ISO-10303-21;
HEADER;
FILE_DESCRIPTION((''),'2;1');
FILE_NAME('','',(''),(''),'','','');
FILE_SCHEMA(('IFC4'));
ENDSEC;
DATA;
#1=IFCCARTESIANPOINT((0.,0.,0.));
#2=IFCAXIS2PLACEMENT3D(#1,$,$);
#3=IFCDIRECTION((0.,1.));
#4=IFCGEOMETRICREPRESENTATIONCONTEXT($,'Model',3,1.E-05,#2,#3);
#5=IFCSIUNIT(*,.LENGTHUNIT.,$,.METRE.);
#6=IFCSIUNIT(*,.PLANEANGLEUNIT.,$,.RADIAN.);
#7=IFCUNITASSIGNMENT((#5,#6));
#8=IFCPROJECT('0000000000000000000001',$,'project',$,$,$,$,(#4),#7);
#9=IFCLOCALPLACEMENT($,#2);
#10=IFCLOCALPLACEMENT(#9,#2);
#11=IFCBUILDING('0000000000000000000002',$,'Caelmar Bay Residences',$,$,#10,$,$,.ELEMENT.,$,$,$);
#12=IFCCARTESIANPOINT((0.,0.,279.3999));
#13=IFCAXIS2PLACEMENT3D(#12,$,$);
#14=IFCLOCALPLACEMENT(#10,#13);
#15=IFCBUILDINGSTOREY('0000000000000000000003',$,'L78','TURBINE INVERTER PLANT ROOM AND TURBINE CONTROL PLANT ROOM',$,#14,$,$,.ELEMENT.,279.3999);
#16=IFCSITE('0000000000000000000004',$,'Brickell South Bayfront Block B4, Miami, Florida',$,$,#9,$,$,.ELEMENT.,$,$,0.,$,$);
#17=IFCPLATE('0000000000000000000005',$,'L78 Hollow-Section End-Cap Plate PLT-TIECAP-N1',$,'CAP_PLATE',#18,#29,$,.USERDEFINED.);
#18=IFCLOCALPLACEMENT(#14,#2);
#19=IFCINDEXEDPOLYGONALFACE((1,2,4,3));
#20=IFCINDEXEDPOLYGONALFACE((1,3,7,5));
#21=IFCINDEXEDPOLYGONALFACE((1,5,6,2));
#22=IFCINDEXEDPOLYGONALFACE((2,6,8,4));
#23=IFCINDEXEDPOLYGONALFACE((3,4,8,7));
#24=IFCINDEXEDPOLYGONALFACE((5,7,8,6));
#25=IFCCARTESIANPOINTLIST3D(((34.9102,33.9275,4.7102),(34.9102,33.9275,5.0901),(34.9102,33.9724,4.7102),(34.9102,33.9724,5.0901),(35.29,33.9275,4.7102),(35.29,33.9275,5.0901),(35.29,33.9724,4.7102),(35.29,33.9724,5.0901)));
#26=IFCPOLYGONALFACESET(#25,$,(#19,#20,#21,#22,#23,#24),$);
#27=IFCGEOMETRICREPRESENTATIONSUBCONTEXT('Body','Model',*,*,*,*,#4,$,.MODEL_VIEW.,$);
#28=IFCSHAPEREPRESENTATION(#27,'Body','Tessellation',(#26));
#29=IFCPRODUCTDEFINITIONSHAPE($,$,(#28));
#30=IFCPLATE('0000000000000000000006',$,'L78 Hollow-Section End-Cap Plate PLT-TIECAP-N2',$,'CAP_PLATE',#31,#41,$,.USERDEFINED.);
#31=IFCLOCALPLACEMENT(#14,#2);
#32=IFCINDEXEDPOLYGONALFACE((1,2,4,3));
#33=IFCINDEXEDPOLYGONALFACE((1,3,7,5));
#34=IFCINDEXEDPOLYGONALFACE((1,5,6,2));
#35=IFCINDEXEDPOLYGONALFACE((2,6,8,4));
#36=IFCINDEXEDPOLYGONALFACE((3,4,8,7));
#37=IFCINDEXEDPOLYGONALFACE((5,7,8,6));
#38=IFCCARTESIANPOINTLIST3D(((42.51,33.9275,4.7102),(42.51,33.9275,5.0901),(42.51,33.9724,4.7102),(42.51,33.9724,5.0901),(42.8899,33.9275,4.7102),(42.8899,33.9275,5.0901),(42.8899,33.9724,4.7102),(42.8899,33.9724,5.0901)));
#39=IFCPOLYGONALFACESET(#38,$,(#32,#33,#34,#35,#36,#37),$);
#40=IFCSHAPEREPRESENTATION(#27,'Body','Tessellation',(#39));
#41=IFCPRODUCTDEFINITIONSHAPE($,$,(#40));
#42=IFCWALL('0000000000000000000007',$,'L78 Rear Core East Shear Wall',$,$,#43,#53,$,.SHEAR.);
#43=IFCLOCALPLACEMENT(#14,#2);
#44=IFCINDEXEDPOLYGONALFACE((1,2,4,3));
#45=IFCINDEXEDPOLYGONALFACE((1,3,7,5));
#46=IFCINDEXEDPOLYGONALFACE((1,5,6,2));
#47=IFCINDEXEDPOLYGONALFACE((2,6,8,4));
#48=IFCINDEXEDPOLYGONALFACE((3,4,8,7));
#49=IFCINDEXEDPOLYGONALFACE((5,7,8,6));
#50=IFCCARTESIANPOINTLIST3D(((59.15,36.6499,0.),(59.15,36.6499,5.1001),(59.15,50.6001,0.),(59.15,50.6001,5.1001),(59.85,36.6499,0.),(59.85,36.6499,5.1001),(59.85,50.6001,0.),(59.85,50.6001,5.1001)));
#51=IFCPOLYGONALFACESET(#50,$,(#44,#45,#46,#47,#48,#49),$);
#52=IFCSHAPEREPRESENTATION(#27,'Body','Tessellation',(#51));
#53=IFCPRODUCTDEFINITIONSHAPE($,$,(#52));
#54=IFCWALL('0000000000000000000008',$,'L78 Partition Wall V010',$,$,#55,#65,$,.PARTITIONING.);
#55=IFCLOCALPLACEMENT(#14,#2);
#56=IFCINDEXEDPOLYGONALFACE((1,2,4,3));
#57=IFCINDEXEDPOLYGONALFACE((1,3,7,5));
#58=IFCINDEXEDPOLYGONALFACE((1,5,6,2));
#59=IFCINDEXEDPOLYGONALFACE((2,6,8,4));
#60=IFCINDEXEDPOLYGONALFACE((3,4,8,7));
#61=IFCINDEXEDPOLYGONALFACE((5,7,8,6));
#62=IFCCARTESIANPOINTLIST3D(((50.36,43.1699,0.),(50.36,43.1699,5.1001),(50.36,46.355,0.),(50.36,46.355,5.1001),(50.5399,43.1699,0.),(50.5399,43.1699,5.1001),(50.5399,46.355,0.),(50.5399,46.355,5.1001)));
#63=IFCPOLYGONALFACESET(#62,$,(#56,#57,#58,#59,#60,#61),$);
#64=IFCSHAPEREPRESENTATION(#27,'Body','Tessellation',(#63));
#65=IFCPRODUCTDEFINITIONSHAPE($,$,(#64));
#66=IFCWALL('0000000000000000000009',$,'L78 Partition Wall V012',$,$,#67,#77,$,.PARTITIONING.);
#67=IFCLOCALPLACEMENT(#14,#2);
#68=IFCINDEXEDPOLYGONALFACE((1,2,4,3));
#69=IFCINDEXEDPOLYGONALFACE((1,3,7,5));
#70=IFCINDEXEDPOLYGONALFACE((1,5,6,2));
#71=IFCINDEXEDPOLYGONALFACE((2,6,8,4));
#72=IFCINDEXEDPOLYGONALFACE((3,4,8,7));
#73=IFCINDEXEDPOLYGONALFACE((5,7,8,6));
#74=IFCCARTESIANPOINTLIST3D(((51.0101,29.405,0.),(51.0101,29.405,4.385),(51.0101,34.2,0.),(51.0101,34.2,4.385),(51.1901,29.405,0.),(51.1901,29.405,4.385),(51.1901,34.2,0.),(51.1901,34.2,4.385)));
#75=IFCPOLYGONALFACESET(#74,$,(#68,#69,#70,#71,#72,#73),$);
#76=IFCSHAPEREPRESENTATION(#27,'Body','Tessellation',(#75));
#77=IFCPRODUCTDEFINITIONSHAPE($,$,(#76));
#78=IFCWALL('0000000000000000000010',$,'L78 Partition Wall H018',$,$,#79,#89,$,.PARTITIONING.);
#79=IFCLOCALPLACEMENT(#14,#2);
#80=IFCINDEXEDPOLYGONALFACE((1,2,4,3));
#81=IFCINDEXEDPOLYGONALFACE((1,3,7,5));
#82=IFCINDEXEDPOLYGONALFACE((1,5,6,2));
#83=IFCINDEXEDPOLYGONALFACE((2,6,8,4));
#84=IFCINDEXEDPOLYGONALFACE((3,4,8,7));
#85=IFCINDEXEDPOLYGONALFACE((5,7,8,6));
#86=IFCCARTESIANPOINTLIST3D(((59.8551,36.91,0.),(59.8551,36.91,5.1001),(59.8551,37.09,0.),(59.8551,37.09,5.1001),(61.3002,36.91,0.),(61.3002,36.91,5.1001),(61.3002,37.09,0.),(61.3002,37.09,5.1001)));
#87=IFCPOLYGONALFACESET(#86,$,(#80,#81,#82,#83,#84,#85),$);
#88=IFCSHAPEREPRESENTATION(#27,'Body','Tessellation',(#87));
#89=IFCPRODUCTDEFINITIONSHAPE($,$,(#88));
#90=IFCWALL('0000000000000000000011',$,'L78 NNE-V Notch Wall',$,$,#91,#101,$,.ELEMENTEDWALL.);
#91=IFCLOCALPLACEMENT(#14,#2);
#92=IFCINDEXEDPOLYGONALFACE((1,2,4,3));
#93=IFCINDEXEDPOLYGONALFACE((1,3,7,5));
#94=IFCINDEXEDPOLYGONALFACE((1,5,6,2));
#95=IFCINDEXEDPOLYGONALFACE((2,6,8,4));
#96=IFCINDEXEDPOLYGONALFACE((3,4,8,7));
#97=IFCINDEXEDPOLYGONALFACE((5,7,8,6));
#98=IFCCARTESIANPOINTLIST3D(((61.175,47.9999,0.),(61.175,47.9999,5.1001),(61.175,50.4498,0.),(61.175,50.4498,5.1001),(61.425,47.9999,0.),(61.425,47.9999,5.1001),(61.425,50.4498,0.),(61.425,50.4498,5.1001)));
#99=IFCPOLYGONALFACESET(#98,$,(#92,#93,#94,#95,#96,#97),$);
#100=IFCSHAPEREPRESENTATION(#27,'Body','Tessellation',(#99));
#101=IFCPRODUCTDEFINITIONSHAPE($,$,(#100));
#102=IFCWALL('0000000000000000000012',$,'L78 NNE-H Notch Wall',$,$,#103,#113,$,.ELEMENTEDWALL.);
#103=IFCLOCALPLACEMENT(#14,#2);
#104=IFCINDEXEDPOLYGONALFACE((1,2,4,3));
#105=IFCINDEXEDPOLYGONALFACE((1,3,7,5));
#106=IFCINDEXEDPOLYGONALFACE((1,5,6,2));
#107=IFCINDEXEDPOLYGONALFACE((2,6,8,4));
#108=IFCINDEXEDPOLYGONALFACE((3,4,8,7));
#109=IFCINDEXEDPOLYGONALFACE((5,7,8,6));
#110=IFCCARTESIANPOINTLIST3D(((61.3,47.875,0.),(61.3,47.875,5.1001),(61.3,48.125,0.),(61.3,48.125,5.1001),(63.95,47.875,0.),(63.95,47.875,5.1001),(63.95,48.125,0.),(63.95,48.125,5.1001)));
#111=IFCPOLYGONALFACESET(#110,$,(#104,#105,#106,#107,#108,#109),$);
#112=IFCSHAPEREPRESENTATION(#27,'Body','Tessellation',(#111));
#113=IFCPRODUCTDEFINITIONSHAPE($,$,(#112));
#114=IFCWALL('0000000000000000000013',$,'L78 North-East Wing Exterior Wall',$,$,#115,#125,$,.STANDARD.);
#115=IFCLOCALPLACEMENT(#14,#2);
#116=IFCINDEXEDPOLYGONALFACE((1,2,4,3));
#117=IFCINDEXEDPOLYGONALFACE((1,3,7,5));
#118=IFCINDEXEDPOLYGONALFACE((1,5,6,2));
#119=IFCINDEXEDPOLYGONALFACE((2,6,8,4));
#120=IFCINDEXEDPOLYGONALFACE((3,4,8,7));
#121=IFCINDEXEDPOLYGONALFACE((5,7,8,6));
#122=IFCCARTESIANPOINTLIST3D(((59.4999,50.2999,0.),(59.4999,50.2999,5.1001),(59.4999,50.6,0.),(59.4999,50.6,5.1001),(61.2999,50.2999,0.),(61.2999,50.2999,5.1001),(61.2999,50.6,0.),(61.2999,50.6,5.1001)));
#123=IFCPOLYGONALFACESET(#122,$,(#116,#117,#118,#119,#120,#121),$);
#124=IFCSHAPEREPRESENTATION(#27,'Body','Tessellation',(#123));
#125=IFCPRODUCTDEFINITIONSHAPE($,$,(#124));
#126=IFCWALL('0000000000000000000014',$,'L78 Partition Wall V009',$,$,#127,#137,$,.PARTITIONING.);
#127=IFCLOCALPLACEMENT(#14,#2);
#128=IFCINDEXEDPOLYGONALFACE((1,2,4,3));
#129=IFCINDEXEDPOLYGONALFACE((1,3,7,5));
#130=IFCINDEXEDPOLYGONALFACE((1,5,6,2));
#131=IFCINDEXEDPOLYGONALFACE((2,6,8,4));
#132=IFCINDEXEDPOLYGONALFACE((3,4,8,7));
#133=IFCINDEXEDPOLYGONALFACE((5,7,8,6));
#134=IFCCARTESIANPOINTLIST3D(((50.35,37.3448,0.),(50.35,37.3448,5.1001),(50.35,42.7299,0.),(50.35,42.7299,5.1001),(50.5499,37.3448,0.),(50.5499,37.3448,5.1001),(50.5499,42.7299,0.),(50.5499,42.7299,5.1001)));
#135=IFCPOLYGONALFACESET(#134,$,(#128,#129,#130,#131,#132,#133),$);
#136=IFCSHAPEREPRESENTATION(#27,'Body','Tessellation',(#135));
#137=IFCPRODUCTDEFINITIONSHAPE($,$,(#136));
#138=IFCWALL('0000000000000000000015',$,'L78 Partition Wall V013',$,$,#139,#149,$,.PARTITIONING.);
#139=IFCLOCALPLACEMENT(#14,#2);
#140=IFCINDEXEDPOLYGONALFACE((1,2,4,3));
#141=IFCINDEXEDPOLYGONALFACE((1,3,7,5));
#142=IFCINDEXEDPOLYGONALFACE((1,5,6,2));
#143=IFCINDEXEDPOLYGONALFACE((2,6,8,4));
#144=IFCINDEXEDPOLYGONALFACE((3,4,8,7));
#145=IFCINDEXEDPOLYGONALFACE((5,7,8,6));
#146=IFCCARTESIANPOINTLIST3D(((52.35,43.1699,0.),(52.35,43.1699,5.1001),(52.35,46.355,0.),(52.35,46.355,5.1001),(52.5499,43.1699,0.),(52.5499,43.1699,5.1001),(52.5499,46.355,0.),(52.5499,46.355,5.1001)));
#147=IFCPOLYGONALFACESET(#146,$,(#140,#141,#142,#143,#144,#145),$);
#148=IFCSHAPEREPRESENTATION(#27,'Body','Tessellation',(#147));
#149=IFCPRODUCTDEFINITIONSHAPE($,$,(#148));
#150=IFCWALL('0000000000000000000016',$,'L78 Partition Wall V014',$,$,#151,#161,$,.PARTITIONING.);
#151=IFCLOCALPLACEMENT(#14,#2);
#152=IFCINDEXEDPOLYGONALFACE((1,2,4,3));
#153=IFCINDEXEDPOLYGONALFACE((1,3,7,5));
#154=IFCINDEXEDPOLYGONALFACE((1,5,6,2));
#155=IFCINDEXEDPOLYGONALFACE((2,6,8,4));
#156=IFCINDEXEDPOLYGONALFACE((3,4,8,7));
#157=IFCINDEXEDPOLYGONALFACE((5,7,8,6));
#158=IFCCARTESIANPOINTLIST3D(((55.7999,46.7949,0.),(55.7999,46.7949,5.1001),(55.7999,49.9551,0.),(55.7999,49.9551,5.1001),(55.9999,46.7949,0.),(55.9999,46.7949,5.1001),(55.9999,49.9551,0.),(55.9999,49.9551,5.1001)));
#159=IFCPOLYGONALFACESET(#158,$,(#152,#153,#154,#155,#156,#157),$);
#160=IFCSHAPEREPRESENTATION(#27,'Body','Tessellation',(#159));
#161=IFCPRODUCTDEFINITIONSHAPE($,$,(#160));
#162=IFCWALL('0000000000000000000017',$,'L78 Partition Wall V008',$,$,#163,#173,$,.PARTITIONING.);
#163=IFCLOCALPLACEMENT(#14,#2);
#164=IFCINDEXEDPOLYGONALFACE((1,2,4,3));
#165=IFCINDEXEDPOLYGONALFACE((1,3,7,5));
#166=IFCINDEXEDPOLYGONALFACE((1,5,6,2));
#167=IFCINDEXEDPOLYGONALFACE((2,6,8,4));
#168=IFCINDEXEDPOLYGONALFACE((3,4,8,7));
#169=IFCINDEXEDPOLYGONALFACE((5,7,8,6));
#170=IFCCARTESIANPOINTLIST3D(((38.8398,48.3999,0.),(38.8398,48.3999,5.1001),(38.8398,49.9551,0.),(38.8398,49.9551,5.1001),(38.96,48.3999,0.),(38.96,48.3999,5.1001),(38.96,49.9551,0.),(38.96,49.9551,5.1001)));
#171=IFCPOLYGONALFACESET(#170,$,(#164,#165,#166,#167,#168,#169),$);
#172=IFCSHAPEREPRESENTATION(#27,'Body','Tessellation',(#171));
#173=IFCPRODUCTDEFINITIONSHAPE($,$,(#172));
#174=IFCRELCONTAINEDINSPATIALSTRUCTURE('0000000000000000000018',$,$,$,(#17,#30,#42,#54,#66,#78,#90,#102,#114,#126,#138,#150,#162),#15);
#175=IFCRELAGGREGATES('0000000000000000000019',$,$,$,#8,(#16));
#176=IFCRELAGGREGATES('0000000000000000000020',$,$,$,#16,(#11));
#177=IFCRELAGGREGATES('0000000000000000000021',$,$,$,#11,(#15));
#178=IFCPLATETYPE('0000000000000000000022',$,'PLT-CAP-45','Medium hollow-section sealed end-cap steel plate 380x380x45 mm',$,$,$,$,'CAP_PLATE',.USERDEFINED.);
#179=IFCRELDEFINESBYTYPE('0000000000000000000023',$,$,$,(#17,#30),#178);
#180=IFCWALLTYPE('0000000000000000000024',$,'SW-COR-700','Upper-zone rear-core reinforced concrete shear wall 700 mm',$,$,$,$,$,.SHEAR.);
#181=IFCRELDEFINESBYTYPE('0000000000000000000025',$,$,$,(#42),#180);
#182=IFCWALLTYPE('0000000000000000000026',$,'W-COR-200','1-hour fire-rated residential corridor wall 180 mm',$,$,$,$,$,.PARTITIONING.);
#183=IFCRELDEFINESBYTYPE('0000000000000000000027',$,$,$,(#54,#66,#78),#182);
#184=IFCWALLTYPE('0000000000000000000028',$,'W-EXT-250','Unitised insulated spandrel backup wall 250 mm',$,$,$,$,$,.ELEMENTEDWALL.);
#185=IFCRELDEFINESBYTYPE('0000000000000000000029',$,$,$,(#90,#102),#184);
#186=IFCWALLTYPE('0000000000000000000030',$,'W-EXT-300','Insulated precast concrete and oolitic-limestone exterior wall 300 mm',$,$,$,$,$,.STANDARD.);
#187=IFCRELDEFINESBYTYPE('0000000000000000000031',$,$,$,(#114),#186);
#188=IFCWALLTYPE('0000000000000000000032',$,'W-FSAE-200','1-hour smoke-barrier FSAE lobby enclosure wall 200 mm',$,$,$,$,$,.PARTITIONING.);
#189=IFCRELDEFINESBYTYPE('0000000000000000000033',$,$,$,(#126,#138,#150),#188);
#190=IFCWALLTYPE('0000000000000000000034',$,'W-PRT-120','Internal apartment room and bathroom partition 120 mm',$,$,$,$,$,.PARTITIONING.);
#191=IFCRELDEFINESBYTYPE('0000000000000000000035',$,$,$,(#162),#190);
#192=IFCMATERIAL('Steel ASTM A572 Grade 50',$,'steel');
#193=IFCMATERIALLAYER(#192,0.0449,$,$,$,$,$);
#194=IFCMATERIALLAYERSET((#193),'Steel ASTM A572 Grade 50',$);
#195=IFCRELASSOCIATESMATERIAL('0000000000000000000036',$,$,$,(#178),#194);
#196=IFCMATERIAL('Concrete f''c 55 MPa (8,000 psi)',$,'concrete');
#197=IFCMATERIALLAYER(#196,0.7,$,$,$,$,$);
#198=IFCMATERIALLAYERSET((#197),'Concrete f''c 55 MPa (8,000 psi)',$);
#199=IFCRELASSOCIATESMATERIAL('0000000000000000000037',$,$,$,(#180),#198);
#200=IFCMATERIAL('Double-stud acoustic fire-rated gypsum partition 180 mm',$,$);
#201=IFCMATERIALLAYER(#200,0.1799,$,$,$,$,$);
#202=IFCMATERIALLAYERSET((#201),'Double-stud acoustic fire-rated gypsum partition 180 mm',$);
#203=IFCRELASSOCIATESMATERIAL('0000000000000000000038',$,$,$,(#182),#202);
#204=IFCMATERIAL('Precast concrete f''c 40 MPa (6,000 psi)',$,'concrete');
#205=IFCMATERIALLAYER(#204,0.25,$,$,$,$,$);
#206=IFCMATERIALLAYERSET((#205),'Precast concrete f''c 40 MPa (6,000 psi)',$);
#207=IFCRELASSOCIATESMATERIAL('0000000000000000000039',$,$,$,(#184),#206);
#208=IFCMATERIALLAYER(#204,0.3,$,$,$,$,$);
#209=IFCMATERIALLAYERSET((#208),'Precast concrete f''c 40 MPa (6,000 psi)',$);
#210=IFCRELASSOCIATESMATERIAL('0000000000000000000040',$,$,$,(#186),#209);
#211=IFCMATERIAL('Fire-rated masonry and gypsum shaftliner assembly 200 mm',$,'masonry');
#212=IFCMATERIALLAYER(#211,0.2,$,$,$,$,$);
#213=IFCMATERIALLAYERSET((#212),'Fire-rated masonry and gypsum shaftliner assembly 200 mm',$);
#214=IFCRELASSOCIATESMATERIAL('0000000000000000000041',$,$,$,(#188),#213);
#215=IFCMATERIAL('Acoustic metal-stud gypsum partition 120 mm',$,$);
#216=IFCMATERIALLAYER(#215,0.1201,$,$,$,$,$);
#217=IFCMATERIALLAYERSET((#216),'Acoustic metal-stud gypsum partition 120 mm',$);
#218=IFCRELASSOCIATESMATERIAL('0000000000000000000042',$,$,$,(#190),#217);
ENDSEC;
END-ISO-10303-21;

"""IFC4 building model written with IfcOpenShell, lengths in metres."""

from ifc_helpers import new_model, si_unit, direction, frame, frame_2d, origin, origin_2d, place, context, subcontext, project, spatial, rectangle, extrude, material, layer, layer_set, type_object, element, save


model = new_model("IFC4")

# Units and contexts
model_context = context("Model", 3, precision=1e-05, world=origin(), true_north=direction((0.0, 1.0)))
body_context = subcontext(model_context, "Body", "Model", "MODEL_VIEW")
ifc_project = project(units=[si_unit("LENGTHUNIT", "METRE"), si_unit("PLANEANGLEUNIT", "RADIAN")], contexts=[model_context])

# Site, building, storey
site_placement = place(None, origin())
site = spatial("IfcSite", under=ifc_project, at=site_placement, Name="Brickell South Bayfront Block B4, Miami, Florida", CompositionType="ELEMENT", RefElevation=0.0)
building_placement = place(site_placement, origin())
building = spatial("IfcBuilding", under=site, at=building_placement, Name="Caelmar Bay Residences", CompositionType="ELEMENT")
storey_placement = place(building_placement, frame((0.0, 0.0, 279.3999)))
storey = spatial("IfcBuildingStorey", under=building, at=storey_placement, Name="L78", Description="TURBINE INVERTER PLANT ROOM AND TURBINE CONTROL PLANT ROOM", CompositionType="ELEMENT", Elevation=279.3999)

# Shared definitions
ifc_material_1 = material(Name="Concrete f'c 55 MPa (8,000 psi)", Category="concrete")

# Plates
ifc_material_2 = material(Name="Steel ASTM A572 Grade 50", Category="steel")
ifc_layer_1 = layer(ifc_material_2, 0.0449)
ifc_layer_set_1 = layer_set([ifc_layer_1], Name="Steel ASTM A572 Grade 50")
plate_type = type_object("IfcPlateType", Name="PLT-CAP-45", Description="Medium hollow-section sealed end-cap steel plate 380x380x45 mm", ElementType="CAP_PLATE", PredefinedType="USERDEFINED", material=ifc_layer_set_1)
for number, where, z_axis, x_axis, name in (
    (1, (35.1001, 33.95, 4.7102), (0.0, 0.0, 1.0), (1.0, 0.0, 0.0), "L78 Hollow-Section End-Cap Plate PLT-TIECAP-N1"),
    (2, (42.7, 33.95, 4.7102), (0.0, 0.0, 1.0), (1.0, 0.0, 0.0), "L78 Hollow-Section End-Cap Plate PLT-TIECAP-N2"),
):
    element("IfcPlate", number, at=place(storey_placement, frame(where, z_axis=z_axis, x_axis=x_axis)), inside=storey, type_object=plate_type, Name=name, ObjectType="CAP_PLATE", PredefinedType="USERDEFINED", context=body_context, shape_type="SweptSolid", body=[
        extrude(rectangle(XDim=0.3799, YDim=0.0449, at=origin_2d()), origin(), (0.0, 0.0, 1.0), 0.3799),
    ])

# Wall
ifc_layer_2 = layer(ifc_material_1, 0.7)
ifc_layer_set_2 = layer_set([ifc_layer_2], Name="Concrete f'c 55 MPa (8,000 psi)")
wall_type_1 = type_object("IfcWallType", Name="SW-COR-700", Description="Upper-zone rear-core reinforced concrete shear wall 700 mm", PredefinedType="SHEAR", material=ifc_layer_set_2)
wall_1_placement = place(storey_placement, frame((59.5, 36.6499, 0.0), z_axis=(0.0, 0.0, 1.0), x_axis=(0.0, 1.0, 0.0)))
element("IfcWall", 3, at=wall_1_placement, inside=storey, type_object=wall_type_1, Name="L78 Rear Core East Shear Wall", PredefinedType="SHEAR", context=body_context, shape_type="SweptSolid", body=[
    extrude(rectangle(XDim=13.9502, YDim=0.7, at=frame_2d((6.9751, 0.0))), origin(), (0.0, 0.0, 1.0), 5.1001),
])

# Walls
ifc_material_3 = material(Name="Double-stud acoustic fire-rated gypsum partition 180 mm")
ifc_layer_3 = layer(ifc_material_3, 0.1799)
ifc_layer_set_3 = layer_set([ifc_layer_3], Name="Double-stud acoustic fire-rated gypsum partition 180 mm")
wall_type_2 = type_object("IfcWallType", Name="W-COR-200", Description="1-hour fire-rated residential corridor wall 180 mm", PredefinedType="PARTITIONING", material=ifc_layer_set_3)
wall_2_placement = place(storey_placement, frame((50.45, 43.1699, 0.0), z_axis=(0.0, 0.0, 1.0), x_axis=(0.0, 1.0, 0.0)))
element("IfcWall", 4, at=wall_2_placement, inside=storey, type_object=wall_type_2, Name="L78 Partition Wall V010", PredefinedType="PARTITIONING", context=body_context, shape_type="SweptSolid", body=[
    extrude(rectangle(XDim=3.1851, YDim=0.1799, at=frame_2d((1.5925, 0.0))), origin(), (0.0, 0.0, 1.0), 5.1001),
])
wall_3_placement = place(storey_placement, frame((51.1001, 29.405, 0.0), z_axis=(0.0, 0.0, 1.0), x_axis=(0.0, 1.0, 0.0)))
element("IfcWall", 5, at=wall_3_placement, inside=storey, type_object=wall_type_2, Name="L78 Partition Wall V012", PredefinedType="PARTITIONING", context=body_context, shape_type="SweptSolid", body=[
    extrude(rectangle(XDim=4.7949, YDim=0.1799, at=frame_2d((2.3975, 0.0))), origin(), (0.0, 0.0, 1.0), 4.385),
])
wall_4_placement = place(storey_placement, frame((59.855, 37.0, 0.0), z_axis=(0.0, 0.0, 1.0), x_axis=(1.0, 0.0, 0.0)))
element("IfcWall", 6, at=wall_4_placement, inside=storey, type_object=wall_type_2, Name="L78 Partition Wall H018", PredefinedType="PARTITIONING", context=body_context, shape_type="SweptSolid", body=[
    extrude(rectangle(XDim=1.4451, YDim=0.1799, at=frame_2d((0.7227, 0.0))), origin(), (0.0, 0.0, 1.0), 5.1001),
])
ifc_material_4 = material(Name="Precast concrete f'c 40 MPa (6,000 psi)", Category="concrete")
ifc_layer_4 = layer(ifc_material_4, 0.25)
ifc_layer_set_4 = layer_set([ifc_layer_4], Name="Precast concrete f'c 40 MPa (6,000 psi)")
wall_type_3 = type_object("IfcWallType", Name="W-EXT-250", Description="Unitised insulated spandrel backup wall 250 mm", PredefinedType="ELEMENTEDWALL", material=ifc_layer_set_4)
wall_5_placement = place(storey_placement, frame((61.3, 50.45, 0.0), z_axis=(0.0, 0.0, 1.0), x_axis=(0.0, -1.0, 0.0)))
element("IfcWall", 7, at=wall_5_placement, inside=storey, type_object=wall_type_3, Name="L78 NNE-V Notch Wall", PredefinedType="ELEMENTEDWALL", context=body_context, shape_type="SweptSolid", body=[
    extrude(rectangle(XDim=2.45, YDim=0.25, at=frame_2d((1.2251, 0.0))), origin(), (0.0, 0.0, 1.0), 5.1001),
])
wall_6_placement = place(storey_placement, frame((61.3, 48.0, 0.0), z_axis=(0.0, 0.0, 1.0), x_axis=(1.0, 0.0, 0.0)))
element("IfcWall", 8, at=wall_6_placement, inside=storey, type_object=wall_type_3, Name="L78 NNE-H Notch Wall", PredefinedType="ELEMENTEDWALL", context=body_context, shape_type="SweptSolid", body=[
    extrude(rectangle(XDim=2.6499, YDim=0.25, at=frame_2d((1.325, 0.0))), origin(), (0.0, 0.0, 1.0), 5.1001),
])
ifc_layer_5 = layer(ifc_material_4, 0.3)
ifc_layer_set_5 = layer_set([ifc_layer_5], Name="Precast concrete f'c 40 MPa (6,000 psi)")
wall_type_4 = type_object("IfcWallType", Name="W-EXT-300", Description="Insulated precast concrete and oolitic-limestone exterior wall 300 mm", PredefinedType="STANDARD", material=ifc_layer_set_5)
wall_7_placement = place(storey_placement, frame((59.5, 50.45, 0.0), z_axis=(0.0, 0.0, 1.0), x_axis=(1.0, 0.0, 0.0)))
element("IfcWall", 9, at=wall_7_placement, inside=storey, type_object=wall_type_4, Name="L78 North-East Wing Exterior Wall", PredefinedType="STANDARD", context=body_context, shape_type="SweptSolid", body=[
    extrude(rectangle(XDim=1.8, YDim=0.3, at=frame_2d((0.8999, 0.0))), origin(), (0.0, 0.0, 1.0), 5.1001),
])
ifc_material_5 = material(Name="Fire-rated masonry and gypsum shaftliner assembly 200 mm", Category="masonry")
ifc_layer_6 = layer(ifc_material_5, 0.2)
ifc_layer_set_6 = layer_set([ifc_layer_6], Name="Fire-rated masonry and gypsum shaftliner assembly 200 mm")
wall_type_5 = type_object("IfcWallType", Name="W-FSAE-200", Description="1-hour smoke-barrier FSAE lobby enclosure wall 200 mm", PredefinedType="PARTITIONING", material=ifc_layer_set_6)
wall_8_placement = place(storey_placement, frame((50.45, 37.345, 0.0), z_axis=(0.0, 0.0, 1.0), x_axis=(0.0, 1.0, 0.0)))
element("IfcWall", 10, at=wall_8_placement, inside=storey, type_object=wall_type_5, Name="L78 Partition Wall V009", PredefinedType="PARTITIONING", context=body_context, shape_type="SweptSolid", body=[
    extrude(rectangle(XDim=5.385, YDim=0.2, at=frame_2d((2.6924, 0.0))), origin(), (0.0, 0.0, 1.0), 5.1001),
])
wall_9_placement = place(storey_placement, frame((52.45, 43.1699, 0.0), z_axis=(0.0, 0.0, 1.0), x_axis=(0.0, 1.0, 0.0)))
element("IfcWall", 11, at=wall_9_placement, inside=storey, type_object=wall_type_5, Name="L78 Partition Wall V013", PredefinedType="PARTITIONING", context=body_context, shape_type="SweptSolid", body=[
    extrude(rectangle(XDim=3.1851, YDim=0.2, at=frame_2d((1.5925, 0.0))), origin(), (0.0, 0.0, 1.0), 5.1001),
])
wall_10_placement = place(storey_placement, frame((55.8999, 46.7949, 0.0), z_axis=(0.0, 0.0, 1.0), x_axis=(0.0, 1.0, 0.0)))
element("IfcWall", 12, at=wall_10_placement, inside=storey, type_object=wall_type_5, Name="L78 Partition Wall V014", PredefinedType="PARTITIONING", context=body_context, shape_type="SweptSolid", body=[
    extrude(rectangle(XDim=3.1602, YDim=0.2, at=frame_2d((1.5801, 0.0))), origin(), (0.0, 0.0, 1.0), 5.1001),
])
ifc_material_6 = material(Name="Acoustic metal-stud gypsum partition 120 mm")
ifc_layer_7 = layer(ifc_material_6, 0.1201)
ifc_layer_set_7 = layer_set([ifc_layer_7], Name="Acoustic metal-stud gypsum partition 120 mm")
wall_type_6 = type_object("IfcWallType", Name="W-PRT-120", Description="Internal apartment room and bathroom partition 120 mm", PredefinedType="PARTITIONING", material=ifc_layer_set_7)
wall_11_placement = place(storey_placement, frame((38.8999, 48.3999, 0.0), z_axis=(0.0, 0.0, 1.0), x_axis=(0.0, 1.0, 0.0)))
element("IfcWall", 13, at=wall_11_placement, inside=storey, type_object=wall_type_6, Name="L78 Partition Wall V008", PredefinedType="PARTITIONING", context=body_context, shape_type="SweptSolid", body=[
    extrude(rectangle(XDim=1.5552, YDim=0.1201, at=frame_2d((0.7776, 0.0))), origin(), (0.0, 0.0, 1.0), 5.1001),
])

save(model, "model.ifc")
